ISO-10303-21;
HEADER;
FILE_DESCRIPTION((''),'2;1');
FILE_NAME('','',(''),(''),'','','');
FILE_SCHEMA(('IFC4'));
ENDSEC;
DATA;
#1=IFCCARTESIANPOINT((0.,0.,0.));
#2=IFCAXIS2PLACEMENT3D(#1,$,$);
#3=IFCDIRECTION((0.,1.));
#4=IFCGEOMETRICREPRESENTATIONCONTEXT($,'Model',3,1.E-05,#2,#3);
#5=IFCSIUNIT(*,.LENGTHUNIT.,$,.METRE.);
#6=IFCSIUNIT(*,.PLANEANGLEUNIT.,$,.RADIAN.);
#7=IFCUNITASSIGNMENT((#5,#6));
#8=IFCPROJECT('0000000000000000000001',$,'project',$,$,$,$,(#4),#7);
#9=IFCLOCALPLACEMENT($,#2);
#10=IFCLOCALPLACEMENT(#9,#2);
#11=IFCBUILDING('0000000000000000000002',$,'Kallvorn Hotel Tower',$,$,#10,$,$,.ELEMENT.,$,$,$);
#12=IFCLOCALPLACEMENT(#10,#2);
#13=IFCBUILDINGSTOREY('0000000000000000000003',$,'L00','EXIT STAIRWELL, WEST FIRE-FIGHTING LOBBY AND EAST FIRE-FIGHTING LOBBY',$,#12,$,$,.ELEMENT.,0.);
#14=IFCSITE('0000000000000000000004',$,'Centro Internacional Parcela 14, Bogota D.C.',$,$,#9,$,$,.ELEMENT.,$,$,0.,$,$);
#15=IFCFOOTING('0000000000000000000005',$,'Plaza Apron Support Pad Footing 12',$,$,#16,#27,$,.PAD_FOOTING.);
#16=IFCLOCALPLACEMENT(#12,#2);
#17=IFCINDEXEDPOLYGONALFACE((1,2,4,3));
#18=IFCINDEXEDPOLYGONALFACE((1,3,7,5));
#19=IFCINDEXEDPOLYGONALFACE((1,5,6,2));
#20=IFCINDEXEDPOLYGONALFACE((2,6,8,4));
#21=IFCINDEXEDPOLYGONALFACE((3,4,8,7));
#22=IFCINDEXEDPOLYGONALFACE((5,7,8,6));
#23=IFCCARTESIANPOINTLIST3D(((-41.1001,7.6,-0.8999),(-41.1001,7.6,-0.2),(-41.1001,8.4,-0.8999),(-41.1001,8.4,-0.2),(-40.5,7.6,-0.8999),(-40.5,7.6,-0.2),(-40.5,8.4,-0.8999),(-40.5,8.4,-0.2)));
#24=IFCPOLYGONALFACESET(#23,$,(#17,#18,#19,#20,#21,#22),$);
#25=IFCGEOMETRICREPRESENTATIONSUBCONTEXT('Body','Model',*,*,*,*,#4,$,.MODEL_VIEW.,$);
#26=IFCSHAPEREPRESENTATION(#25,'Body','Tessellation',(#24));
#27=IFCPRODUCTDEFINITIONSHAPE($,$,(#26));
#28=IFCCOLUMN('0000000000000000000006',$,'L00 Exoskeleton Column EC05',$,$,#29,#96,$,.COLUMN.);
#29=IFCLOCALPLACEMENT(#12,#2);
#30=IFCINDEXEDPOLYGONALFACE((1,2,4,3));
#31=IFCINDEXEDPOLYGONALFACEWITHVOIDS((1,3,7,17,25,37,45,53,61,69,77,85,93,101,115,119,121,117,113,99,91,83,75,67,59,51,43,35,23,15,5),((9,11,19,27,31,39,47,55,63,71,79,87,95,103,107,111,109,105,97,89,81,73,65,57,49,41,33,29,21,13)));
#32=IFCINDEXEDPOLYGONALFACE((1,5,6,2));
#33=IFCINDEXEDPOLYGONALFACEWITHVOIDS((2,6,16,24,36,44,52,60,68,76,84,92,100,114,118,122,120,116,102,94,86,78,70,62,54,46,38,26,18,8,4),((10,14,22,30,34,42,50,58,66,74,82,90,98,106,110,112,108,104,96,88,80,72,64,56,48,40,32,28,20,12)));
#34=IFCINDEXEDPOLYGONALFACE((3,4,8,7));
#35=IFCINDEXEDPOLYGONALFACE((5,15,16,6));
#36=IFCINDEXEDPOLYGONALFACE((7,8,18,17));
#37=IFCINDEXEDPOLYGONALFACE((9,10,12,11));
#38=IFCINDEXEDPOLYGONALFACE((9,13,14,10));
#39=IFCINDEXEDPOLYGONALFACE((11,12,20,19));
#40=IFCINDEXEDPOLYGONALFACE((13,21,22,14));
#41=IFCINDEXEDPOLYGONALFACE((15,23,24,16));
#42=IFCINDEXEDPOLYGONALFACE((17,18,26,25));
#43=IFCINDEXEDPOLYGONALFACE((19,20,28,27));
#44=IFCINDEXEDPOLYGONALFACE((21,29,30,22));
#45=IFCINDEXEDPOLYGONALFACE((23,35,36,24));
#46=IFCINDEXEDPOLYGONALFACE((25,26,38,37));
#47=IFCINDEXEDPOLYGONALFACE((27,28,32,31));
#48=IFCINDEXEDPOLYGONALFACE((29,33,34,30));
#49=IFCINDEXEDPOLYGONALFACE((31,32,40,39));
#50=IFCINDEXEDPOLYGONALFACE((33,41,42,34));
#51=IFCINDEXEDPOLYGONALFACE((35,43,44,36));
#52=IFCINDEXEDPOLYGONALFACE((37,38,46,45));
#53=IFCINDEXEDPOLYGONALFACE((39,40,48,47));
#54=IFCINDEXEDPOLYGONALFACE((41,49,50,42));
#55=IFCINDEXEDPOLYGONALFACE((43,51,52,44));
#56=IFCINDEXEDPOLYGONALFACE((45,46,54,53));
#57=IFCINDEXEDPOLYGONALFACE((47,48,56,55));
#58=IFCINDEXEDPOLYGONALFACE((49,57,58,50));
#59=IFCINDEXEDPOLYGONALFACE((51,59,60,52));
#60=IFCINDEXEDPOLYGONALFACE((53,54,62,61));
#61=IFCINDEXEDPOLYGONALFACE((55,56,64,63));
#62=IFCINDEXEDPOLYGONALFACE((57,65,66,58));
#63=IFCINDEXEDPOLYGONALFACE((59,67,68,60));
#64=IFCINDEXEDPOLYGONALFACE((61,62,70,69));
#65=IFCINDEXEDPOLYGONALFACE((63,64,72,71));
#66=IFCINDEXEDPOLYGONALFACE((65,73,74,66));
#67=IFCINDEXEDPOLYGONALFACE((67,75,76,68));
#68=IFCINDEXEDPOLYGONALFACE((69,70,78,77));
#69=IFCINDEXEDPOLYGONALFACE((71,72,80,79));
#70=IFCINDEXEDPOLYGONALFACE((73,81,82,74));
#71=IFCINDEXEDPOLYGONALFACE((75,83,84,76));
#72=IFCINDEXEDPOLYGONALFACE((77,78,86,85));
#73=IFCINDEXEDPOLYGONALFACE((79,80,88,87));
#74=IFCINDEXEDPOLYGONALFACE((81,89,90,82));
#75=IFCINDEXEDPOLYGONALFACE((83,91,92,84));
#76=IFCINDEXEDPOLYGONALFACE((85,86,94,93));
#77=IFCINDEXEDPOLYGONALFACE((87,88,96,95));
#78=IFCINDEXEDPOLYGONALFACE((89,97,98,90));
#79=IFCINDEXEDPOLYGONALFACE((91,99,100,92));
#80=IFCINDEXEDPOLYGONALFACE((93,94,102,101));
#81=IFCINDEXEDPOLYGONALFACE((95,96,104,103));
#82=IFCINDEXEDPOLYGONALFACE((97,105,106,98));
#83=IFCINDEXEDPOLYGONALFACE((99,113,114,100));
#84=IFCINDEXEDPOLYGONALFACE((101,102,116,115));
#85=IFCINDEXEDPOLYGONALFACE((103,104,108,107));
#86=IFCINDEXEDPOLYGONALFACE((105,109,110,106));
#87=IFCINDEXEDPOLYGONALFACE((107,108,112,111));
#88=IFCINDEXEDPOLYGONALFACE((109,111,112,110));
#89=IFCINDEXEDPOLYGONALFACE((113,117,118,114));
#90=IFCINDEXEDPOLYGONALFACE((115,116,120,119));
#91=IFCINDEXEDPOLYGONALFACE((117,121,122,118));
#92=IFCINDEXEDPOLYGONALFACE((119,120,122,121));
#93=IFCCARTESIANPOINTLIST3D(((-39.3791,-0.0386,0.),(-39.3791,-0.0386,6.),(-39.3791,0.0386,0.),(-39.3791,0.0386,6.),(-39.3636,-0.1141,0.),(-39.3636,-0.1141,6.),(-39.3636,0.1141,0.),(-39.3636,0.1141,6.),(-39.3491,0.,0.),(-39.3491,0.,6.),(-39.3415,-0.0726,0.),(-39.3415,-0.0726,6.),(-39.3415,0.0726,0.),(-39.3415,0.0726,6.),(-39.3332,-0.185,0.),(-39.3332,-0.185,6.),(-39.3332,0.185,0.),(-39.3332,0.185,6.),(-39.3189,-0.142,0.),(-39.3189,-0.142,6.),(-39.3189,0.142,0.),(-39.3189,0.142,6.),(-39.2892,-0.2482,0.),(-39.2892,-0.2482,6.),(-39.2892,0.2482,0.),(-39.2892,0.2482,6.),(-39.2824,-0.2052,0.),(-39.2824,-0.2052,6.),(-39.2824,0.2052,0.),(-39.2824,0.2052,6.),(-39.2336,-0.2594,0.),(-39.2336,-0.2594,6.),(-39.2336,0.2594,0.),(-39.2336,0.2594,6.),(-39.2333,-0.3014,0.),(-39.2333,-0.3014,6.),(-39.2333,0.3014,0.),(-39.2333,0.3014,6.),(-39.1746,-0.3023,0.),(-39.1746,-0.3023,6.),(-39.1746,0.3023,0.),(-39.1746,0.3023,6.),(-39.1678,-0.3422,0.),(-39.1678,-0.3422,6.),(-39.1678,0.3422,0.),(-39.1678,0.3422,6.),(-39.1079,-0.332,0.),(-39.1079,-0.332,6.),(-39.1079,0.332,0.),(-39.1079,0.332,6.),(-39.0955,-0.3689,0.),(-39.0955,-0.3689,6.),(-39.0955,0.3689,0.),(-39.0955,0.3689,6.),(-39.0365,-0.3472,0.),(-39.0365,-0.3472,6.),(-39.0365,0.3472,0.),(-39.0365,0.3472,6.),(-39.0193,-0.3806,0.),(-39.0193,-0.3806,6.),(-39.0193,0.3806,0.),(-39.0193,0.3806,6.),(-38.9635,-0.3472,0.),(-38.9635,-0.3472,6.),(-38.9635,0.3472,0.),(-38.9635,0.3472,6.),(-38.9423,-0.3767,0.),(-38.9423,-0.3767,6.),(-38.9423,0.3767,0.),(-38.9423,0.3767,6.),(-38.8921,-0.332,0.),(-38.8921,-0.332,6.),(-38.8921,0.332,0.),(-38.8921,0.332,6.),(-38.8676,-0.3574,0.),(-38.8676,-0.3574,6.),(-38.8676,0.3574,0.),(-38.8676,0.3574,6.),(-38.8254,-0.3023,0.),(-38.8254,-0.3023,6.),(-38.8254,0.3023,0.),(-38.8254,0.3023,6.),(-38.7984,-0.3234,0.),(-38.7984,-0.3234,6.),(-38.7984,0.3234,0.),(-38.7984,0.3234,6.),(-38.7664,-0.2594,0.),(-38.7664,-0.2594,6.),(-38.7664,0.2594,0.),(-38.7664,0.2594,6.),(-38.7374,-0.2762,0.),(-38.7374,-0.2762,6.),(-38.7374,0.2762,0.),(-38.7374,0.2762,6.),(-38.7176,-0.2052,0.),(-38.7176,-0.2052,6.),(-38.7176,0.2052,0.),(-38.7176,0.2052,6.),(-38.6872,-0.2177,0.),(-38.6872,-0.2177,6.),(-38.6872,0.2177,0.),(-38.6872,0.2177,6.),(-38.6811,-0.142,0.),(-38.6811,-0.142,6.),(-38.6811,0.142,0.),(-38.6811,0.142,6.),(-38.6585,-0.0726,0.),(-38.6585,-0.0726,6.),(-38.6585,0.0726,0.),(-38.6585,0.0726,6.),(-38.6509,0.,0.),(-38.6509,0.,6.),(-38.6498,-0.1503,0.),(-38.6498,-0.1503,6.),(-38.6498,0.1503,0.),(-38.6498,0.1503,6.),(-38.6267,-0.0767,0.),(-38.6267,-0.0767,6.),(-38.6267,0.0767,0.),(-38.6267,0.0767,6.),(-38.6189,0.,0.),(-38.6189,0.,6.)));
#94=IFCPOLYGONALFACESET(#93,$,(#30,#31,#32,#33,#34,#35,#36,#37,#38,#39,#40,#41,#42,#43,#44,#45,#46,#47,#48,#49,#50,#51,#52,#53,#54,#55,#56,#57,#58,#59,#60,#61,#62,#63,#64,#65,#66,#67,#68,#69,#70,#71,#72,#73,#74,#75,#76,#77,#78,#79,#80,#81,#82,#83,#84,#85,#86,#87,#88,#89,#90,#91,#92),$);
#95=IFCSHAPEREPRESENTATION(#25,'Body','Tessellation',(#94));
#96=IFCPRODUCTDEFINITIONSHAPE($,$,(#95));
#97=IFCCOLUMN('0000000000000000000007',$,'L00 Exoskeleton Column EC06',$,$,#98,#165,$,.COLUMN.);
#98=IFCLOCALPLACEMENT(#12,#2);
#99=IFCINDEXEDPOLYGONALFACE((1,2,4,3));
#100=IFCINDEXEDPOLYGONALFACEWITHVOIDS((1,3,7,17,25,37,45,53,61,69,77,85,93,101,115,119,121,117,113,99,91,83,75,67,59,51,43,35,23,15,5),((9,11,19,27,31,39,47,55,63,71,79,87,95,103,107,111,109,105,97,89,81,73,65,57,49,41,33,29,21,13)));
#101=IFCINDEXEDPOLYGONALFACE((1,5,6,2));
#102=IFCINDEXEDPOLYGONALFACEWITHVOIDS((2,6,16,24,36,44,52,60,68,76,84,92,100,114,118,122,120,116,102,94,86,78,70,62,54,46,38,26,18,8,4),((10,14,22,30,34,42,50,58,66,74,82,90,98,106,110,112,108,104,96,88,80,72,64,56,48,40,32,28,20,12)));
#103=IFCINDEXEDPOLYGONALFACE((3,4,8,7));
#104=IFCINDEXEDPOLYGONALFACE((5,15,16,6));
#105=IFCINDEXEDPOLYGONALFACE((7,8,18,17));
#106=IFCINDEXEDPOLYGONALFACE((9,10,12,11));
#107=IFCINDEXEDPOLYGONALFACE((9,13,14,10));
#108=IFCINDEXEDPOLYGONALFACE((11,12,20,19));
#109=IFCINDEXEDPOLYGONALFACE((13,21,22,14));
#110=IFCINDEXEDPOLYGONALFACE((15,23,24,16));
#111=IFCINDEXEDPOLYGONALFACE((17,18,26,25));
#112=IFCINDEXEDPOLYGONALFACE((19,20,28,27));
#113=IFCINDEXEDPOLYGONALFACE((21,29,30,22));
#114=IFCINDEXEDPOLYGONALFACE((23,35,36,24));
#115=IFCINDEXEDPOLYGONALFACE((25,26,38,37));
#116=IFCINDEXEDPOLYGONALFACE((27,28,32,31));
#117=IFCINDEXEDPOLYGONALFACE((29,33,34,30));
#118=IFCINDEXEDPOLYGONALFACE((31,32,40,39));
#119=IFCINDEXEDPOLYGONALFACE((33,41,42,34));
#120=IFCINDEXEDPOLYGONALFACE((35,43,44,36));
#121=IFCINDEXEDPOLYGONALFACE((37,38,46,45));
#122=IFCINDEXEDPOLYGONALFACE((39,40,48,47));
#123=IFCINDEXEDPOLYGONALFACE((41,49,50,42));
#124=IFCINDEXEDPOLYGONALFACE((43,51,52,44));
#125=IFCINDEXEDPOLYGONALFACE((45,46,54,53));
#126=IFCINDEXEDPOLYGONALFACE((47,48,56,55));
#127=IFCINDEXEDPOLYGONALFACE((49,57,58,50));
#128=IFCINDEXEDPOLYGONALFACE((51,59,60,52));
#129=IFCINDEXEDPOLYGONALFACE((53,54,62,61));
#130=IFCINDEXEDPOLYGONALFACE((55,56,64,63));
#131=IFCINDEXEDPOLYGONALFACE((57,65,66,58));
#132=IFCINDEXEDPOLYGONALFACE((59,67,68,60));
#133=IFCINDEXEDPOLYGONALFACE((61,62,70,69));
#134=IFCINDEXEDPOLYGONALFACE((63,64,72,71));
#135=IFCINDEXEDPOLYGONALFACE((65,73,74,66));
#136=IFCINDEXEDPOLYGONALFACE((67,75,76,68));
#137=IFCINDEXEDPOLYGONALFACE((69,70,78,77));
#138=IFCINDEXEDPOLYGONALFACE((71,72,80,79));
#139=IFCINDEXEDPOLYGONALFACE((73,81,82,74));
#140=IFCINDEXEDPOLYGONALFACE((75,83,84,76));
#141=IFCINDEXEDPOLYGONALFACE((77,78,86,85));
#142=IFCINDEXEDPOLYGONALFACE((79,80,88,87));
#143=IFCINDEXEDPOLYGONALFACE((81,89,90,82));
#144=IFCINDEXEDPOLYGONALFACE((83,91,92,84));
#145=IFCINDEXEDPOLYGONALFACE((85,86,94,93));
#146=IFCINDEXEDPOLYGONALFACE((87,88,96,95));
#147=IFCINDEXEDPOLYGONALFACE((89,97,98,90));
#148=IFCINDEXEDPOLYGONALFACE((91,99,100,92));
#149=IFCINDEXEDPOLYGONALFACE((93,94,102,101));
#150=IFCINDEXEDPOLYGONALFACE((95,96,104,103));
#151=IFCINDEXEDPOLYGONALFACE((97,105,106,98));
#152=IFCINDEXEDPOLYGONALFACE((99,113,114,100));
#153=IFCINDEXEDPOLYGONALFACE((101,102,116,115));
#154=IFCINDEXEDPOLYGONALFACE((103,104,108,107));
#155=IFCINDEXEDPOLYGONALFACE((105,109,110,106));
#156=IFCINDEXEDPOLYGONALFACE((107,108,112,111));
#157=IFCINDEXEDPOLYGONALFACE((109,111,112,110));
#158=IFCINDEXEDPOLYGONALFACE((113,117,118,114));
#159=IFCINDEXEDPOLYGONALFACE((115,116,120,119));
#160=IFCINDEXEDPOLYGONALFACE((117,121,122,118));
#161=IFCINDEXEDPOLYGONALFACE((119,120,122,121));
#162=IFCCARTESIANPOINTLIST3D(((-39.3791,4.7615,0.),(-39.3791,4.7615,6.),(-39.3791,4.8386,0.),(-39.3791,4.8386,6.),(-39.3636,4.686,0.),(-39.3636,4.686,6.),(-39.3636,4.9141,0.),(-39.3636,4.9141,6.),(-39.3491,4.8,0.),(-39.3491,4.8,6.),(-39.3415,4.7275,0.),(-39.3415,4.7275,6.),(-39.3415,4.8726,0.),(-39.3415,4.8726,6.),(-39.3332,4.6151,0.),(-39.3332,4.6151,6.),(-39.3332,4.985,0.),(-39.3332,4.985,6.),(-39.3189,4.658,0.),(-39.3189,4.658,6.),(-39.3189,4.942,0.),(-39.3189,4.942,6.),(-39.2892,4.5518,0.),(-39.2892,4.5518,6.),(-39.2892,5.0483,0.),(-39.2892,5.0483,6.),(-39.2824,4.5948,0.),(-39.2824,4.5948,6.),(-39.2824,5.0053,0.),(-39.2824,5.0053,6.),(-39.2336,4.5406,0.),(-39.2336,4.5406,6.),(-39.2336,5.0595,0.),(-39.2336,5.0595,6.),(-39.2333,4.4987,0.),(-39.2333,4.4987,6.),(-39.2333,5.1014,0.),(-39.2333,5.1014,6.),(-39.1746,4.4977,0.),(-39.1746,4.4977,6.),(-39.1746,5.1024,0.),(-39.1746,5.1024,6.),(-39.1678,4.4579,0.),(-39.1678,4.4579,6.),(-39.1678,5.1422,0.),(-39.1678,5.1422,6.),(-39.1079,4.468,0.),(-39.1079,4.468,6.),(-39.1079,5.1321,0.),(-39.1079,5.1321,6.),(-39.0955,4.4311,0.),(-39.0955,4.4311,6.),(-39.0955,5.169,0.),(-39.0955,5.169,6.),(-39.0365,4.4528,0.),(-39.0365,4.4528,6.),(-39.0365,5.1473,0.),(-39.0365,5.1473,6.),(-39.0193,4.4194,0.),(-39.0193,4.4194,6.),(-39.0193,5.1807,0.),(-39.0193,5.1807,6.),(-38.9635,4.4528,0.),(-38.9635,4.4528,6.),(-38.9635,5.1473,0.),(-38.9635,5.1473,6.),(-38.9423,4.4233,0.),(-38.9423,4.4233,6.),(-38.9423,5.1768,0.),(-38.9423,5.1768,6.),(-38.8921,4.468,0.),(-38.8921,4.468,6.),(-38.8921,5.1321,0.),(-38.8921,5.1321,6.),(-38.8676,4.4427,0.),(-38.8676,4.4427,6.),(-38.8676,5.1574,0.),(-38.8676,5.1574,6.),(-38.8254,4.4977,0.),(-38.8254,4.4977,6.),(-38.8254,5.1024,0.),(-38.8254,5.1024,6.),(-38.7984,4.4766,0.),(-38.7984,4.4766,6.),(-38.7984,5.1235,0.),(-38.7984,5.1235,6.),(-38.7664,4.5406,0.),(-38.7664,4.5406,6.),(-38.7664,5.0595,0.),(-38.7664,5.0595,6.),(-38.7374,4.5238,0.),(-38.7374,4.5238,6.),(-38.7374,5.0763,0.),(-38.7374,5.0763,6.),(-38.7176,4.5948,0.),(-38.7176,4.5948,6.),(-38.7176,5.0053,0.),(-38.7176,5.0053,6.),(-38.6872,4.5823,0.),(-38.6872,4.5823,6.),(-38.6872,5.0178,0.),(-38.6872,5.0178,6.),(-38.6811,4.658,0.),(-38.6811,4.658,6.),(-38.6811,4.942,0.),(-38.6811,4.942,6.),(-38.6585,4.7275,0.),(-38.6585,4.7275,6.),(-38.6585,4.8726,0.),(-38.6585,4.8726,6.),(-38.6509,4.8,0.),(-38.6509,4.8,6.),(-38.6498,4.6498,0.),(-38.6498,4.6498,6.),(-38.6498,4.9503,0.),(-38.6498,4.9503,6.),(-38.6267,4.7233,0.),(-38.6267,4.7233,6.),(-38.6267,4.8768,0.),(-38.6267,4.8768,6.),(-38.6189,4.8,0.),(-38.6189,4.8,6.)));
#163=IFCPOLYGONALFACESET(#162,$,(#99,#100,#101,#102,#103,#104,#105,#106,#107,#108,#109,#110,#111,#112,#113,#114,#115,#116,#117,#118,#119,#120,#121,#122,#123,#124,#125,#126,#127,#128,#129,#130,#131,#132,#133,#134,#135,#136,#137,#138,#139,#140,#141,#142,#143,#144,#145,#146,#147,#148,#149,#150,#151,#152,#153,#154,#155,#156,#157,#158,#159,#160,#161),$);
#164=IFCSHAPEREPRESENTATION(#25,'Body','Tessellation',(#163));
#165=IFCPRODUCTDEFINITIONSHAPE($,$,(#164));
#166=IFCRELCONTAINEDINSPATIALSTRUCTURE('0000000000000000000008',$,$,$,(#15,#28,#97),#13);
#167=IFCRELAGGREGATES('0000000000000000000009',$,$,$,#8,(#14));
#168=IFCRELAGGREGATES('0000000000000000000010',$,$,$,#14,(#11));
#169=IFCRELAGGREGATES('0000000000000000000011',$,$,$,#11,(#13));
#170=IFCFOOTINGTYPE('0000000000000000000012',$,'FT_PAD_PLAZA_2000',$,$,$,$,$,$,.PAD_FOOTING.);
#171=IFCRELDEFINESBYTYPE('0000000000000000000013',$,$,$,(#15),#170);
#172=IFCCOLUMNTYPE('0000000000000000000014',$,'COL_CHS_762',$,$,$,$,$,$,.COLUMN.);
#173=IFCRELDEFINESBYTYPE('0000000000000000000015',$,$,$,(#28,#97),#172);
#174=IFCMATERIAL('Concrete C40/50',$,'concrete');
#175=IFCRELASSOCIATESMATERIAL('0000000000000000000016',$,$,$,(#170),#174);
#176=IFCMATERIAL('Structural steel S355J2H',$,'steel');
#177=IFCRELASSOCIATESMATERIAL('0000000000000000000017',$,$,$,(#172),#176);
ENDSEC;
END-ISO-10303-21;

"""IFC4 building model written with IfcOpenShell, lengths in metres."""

from ifc_helpers import new_model, si_unit, direction, frame, origin, origin_2d, place, context, subcontext, project, spatial, rectangle, hollow_circle, extrude, material, material_profile, profile_set, type_object, element, save


model = new_model("IFC4")

# Units and contexts
model_context = context("Model", 3, precision=1e-05, world=origin(), true_north=direction((0.0, 1.0)))
body_context = subcontext(model_context, "Body", "Model", "MODEL_VIEW")
ifc_project = project(units=[si_unit("LENGTHUNIT", "METRE"), si_unit("PLANEANGLEUNIT", "RADIAN")], contexts=[model_context])

# Site, building, storey
site_placement = place(None, origin())
site = spatial("IfcSite", under=ifc_project, at=site_placement, Name="Centro Internacional Parcela 14, Bogota D.C.", CompositionType="ELEMENT", RefElevation=0.0)
building_placement = place(site_placement, origin())
building = spatial("IfcBuilding", under=site, at=building_placement, Name="Kallvorn Hotel Tower", CompositionType="ELEMENT")
storey_placement = place(building_placement, origin())
storey = spatial("IfcBuildingStorey", under=building, at=storey_placement, Name="L00", Description="EXIT STAIRWELL, WEST FIRE-FIGHTING LOBBY AND EAST FIRE-FIGHTING LOBBY", CompositionType="ELEMENT", Elevation=0.0)

# Footing
ifc_material_1 = material(Name="Concrete C40/50", Category="concrete")
footing_type = type_object("IfcFootingType", Name="FT_PAD_PLAZA_2000", PredefinedType="PAD_FOOTING", material=ifc_material_1)
footing_placement = place(storey_placement, frame((-40.8, 8.0, -0.8999), z_axis=(0.0, 0.0, 1.0), x_axis=(1.0, 0.0, 0.0)))
element("IfcFooting", 1, at=footing_placement, inside=storey, type_object=footing_type, Name="Plaza Apron Support Pad Footing 12", PredefinedType="PAD_FOOTING", context=body_context, shape_type="SweptSolid", body=[
    extrude(rectangle(XDim=0.6001, YDim=0.8, at=origin_2d()), origin(), (0.0, 0.0, 1.0), 0.7),
])

# Columns
ifc_material_2 = material(Name="Structural steel S355J2H", Category="steel")
ifc_material_profile_1 = material_profile(ifc_material_2, hollow_circle(Radius=0.3811, WallThickness=0.032, at=origin_2d()), Name="CHS 762x32")
ifc_profile_set_1 = profile_set([ifc_material_profile_1], Name="Structural steel S355J2H")
column_type_1 = type_object("IfcColumnType", Name="COL_CHS_762", PredefinedType="COLUMN", material=ifc_profile_set_1)
for number, where, z_axis, x_axis, name in (
    (2, (-39.0, 0.0, 0.0), (0.0, 0.0, 1.0), (1.0, 0.0, 0.0), "L00 Exoskeleton Column EC05"),
    (3, (-39.0, 4.8, 0.0), (0.0, 0.0, 1.0), (1.0, 0.0, 0.0), "L00 Exoskeleton Column EC06"),
):
    element("IfcColumn", number, at=place(storey_placement, frame(where, z_axis=z_axis, x_axis=x_axis)), inside=storey, type_object=column_type_1, Name=name, PredefinedType="COLUMN", context=body_context, shape_type="SweptSolid", body=[
        extrude(hollow_circle(Radius=0.3811, WallThickness=0.032, at=origin_2d()), origin(), (0.0, 0.0, 1.0), 6.0),
    ])

save(model, "model.ifc")
